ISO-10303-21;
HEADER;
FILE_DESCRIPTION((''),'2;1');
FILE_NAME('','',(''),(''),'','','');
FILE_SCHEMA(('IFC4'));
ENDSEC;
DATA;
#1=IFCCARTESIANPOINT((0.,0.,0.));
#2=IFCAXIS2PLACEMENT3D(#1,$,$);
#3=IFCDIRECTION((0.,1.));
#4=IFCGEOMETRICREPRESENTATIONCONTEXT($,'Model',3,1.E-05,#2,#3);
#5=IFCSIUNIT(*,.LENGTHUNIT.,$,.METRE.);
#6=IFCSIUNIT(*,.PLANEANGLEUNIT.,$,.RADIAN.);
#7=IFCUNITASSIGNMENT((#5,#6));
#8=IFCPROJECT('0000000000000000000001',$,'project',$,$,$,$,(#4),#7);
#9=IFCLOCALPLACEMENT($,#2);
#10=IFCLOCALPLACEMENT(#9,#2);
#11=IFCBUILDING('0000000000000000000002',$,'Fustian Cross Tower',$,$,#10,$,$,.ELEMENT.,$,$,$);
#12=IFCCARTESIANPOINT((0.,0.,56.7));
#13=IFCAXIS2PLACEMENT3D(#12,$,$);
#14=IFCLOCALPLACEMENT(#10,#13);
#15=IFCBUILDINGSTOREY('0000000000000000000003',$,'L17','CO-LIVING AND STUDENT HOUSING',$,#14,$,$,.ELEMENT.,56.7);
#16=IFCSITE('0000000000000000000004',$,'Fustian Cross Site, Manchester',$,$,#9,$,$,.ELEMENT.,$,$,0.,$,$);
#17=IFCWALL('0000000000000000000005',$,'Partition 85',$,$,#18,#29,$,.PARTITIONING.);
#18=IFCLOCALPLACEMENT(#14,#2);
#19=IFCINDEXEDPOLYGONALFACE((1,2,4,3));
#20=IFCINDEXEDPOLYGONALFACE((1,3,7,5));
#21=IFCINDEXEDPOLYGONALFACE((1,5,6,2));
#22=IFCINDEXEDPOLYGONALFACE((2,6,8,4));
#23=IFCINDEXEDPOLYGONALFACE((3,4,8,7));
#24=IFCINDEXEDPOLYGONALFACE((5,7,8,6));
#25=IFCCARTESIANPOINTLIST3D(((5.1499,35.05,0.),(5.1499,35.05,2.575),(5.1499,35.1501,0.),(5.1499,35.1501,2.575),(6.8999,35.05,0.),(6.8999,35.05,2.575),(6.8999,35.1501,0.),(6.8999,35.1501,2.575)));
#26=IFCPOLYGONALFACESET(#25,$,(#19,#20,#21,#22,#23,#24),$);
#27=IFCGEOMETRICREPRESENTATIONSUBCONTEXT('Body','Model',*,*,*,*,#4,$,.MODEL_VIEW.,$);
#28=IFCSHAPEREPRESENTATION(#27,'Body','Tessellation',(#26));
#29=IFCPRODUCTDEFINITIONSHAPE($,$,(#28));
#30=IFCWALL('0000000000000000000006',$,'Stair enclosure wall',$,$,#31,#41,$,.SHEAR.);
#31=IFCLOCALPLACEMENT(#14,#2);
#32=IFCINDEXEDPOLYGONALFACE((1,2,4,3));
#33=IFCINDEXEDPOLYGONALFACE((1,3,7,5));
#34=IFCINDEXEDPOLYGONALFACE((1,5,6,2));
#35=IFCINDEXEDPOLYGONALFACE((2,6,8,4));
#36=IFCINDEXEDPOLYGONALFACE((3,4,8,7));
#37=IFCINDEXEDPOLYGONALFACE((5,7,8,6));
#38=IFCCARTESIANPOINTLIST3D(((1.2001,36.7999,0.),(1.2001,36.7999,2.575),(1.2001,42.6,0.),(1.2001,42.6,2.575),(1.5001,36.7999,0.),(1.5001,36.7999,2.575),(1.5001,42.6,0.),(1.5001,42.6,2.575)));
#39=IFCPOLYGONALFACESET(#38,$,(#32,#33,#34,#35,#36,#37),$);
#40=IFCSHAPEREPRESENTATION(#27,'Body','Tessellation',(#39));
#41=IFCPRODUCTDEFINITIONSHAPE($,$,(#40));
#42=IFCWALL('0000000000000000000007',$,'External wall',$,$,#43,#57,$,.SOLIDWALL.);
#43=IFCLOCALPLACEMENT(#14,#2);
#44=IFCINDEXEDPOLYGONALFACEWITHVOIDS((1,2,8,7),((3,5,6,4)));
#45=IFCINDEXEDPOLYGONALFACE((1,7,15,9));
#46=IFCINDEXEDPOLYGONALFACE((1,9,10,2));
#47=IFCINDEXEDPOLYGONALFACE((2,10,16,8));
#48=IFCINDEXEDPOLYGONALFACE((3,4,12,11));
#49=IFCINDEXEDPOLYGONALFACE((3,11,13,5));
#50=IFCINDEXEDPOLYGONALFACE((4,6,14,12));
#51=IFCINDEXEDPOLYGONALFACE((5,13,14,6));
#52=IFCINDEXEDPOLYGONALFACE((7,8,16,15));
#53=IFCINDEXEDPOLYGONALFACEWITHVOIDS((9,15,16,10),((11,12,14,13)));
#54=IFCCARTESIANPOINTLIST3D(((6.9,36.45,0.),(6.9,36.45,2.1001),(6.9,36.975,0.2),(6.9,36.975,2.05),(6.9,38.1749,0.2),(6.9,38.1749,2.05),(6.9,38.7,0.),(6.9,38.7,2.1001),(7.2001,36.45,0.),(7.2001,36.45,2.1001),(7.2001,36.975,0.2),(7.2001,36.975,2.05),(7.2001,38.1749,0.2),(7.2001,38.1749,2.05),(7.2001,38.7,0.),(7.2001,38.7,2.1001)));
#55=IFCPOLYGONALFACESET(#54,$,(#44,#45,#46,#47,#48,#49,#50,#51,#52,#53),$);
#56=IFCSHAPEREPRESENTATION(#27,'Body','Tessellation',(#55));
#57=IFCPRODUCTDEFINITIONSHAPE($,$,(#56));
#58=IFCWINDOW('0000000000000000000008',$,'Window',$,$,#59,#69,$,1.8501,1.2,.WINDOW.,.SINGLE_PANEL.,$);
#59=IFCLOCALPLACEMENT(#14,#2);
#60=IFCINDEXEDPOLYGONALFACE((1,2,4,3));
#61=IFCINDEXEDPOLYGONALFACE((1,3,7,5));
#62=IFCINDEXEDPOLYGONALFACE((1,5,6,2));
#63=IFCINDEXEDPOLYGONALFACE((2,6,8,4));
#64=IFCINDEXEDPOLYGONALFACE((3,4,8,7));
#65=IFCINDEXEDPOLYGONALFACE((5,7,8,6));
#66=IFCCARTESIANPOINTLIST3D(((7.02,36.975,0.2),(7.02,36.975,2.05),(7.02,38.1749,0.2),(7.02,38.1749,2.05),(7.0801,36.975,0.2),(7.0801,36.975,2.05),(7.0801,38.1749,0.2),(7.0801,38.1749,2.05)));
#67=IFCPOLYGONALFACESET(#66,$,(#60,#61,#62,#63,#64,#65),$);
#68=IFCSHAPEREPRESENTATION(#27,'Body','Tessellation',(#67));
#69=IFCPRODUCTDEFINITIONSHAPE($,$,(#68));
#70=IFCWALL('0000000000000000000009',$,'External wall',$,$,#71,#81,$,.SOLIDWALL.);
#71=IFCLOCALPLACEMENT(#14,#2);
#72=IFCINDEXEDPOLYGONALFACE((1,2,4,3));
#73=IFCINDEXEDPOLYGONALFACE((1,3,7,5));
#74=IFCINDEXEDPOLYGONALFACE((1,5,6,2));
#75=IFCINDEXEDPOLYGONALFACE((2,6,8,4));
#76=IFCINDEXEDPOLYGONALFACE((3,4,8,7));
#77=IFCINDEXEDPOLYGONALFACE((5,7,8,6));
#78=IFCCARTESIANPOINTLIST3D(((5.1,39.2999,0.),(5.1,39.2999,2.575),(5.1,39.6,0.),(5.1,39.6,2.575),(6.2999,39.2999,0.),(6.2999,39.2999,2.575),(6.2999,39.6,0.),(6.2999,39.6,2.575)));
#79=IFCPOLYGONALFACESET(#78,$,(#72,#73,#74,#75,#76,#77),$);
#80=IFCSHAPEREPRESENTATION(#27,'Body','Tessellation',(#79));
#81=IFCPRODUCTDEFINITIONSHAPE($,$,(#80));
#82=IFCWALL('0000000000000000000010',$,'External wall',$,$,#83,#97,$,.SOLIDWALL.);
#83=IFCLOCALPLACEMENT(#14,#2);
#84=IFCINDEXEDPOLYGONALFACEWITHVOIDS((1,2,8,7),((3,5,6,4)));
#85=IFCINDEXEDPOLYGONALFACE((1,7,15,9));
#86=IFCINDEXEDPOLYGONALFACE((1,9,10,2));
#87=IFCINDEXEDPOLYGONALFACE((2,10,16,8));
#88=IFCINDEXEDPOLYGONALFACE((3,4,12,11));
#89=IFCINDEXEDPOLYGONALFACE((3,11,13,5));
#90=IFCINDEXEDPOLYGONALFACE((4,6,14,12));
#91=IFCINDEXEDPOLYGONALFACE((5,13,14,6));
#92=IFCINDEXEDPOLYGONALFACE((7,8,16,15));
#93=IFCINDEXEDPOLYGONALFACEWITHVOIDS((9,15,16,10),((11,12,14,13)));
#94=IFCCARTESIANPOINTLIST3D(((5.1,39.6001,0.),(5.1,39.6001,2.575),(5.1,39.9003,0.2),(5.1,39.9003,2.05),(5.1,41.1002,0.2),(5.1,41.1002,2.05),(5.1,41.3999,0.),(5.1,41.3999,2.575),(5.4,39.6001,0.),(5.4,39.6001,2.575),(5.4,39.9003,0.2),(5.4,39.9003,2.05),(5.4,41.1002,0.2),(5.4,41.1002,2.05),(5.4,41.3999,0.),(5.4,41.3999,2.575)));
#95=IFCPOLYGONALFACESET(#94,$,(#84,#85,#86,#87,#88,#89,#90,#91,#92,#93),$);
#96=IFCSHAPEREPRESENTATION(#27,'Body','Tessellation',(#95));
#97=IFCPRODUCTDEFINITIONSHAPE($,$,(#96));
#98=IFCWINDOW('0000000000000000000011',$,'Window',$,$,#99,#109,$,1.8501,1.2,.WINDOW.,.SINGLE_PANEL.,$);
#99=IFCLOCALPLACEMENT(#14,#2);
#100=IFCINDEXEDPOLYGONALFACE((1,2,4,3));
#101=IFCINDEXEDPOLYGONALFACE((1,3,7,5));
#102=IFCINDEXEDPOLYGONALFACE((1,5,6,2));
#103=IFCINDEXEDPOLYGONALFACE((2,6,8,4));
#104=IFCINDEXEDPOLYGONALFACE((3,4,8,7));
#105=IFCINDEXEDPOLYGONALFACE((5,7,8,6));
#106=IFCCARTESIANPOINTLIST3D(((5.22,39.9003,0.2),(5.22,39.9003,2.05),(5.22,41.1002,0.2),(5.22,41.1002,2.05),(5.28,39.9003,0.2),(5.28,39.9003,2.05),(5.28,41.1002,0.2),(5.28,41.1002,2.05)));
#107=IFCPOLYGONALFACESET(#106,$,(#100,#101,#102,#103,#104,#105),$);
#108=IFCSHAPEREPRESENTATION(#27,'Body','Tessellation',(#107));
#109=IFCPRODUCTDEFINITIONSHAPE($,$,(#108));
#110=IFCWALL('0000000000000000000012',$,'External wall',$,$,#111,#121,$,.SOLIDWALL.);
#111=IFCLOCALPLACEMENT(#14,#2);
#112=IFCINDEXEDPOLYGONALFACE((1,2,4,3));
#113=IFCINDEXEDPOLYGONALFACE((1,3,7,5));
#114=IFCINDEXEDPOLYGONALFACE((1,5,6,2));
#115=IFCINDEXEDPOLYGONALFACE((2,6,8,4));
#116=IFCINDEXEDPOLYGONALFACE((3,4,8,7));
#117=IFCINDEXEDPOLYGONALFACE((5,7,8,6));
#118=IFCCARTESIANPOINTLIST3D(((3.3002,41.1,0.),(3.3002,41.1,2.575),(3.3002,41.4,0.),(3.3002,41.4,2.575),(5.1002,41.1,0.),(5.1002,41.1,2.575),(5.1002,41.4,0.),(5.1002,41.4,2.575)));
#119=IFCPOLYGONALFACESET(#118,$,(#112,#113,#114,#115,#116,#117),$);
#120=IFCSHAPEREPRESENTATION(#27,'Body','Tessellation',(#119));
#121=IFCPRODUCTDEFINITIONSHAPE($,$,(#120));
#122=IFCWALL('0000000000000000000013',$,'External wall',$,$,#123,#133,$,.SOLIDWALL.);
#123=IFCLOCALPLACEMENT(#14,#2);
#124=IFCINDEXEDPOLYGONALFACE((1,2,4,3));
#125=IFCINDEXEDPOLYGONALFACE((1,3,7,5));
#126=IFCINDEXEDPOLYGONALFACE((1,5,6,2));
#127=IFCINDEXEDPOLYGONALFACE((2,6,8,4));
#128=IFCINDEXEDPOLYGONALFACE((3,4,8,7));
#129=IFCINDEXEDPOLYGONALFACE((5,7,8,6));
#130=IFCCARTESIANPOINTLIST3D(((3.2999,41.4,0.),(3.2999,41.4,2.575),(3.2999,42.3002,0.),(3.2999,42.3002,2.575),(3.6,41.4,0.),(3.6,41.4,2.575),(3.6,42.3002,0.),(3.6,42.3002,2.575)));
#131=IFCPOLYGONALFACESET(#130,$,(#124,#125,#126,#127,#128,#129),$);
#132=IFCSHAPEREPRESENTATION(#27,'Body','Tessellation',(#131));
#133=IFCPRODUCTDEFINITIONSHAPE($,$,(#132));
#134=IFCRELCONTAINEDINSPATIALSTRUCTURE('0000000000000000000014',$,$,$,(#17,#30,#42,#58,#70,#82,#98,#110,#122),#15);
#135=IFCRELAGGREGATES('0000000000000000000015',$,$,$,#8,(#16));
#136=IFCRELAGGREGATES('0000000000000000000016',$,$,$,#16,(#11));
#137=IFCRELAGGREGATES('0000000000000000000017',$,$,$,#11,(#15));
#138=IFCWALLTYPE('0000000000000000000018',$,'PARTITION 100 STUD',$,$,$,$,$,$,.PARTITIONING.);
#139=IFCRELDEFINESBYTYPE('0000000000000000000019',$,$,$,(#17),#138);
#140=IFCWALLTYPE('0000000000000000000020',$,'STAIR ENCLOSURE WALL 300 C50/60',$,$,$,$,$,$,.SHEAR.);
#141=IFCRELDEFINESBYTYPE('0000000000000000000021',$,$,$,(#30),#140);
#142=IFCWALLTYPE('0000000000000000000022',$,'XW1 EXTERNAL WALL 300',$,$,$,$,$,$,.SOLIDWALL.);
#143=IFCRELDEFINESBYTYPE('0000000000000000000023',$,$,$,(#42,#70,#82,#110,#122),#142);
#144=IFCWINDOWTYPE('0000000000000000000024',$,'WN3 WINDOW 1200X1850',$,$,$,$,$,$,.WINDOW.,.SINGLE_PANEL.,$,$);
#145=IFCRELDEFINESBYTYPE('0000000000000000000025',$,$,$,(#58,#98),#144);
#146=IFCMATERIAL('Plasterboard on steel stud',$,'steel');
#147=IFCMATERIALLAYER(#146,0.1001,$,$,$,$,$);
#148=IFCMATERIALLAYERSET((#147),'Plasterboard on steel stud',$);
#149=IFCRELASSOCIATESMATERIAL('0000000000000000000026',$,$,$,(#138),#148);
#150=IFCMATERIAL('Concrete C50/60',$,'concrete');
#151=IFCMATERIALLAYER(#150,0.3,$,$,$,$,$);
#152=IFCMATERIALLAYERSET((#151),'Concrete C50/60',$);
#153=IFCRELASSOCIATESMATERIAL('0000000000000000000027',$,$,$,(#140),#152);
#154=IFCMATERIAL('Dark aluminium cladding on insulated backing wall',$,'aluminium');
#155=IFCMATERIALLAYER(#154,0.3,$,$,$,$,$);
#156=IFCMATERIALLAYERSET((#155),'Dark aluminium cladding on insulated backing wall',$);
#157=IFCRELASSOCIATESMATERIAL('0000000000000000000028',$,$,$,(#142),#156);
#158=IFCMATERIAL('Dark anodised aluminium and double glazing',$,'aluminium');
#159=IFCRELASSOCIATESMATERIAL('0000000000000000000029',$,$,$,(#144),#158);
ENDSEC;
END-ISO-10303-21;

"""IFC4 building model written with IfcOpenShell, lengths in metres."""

from ifc_helpers import new_model, si_unit, direction, frame, frame_2d, origin, place, context, subcontext, project, spatial, rectangle, extrude, material, layer, layer_set, type_object, element, fill, save


model = new_model("IFC4")

# Units and contexts
model_context = context("Model", 3, precision=1e-05, world=origin(), true_north=direction((0.0, 1.0)))
body_context = subcontext(model_context, "Body", "Model", "MODEL_VIEW")
ifc_project = project(units=[si_unit("LENGTHUNIT", "METRE"), si_unit("PLANEANGLEUNIT", "RADIAN")], contexts=[model_context])

# Site, building, storey
site_placement = place(None, origin())
site = spatial("IfcSite", under=ifc_project, at=site_placement, Name="Fustian Cross Site, Manchester", CompositionType="ELEMENT", RefElevation=0.0)
building_placement = place(site_placement, origin())
building = spatial("IfcBuilding", under=site, at=building_placement, Name="Fustian Cross Tower", CompositionType="ELEMENT")
storey_placement = place(building_placement, frame((0.0, 0.0, 56.7)))
storey = spatial("IfcBuildingStorey", under=building, at=storey_placement, Name="L17", Description="CO-LIVING AND STUDENT HOUSING", CompositionType="ELEMENT", Elevation=56.7)

# Shared definitions
ifc_material_1 = material(Name="Plasterboard on steel stud", Category="steel")
ifc_layer_1 = layer(ifc_material_1, 0.1001)
ifc_layer_set_1 = layer_set([ifc_layer_1], Name="Plasterboard on steel stud")
wall_type_1 = type_object("IfcWallType", Name="PARTITION 100 STUD", PredefinedType="PARTITIONING", material=ifc_layer_set_1)

# Walls
for number, where, z_axis, x_axis, name in (
    (1, (5.1499, 35.1001, 0.0), (0.0, 0.0, 1.0), (1.0, 0.0, 0.0), "Partition 85"),
):
    element("IfcWall", number, at=place(storey_placement, frame(where, z_axis=z_axis, x_axis=x_axis)), inside=storey, type_object=wall_type_1, Name=name, PredefinedType="PARTITIONING", context=body_context, shape_type="SweptSolid", body=[
        extrude(rectangle(XDim=1.75, YDim=0.1001, at=frame_2d((0.875, 0.0))), origin(), (0.0, 0.0, 1.0), 2.575),
    ])
ifc_material_2 = material(Name="Concrete C50/60", Category="concrete")
ifc_layer_2 = layer(ifc_material_2, 0.3)
ifc_layer_set_2 = layer_set([ifc_layer_2], Name="Concrete C50/60")
wall_type_2 = type_object("IfcWallType", Name="STAIR ENCLOSURE WALL 300 C50/60", PredefinedType="SHEAR", material=ifc_layer_set_2)
wall_1_placement = place(storey_placement, frame((1.3501, 36.8, 0.0), z_axis=(0.0, 0.0, 1.0), x_axis=(0.0, 1.0, 0.0)))
element("IfcWall", 2, at=wall_1_placement, inside=storey, type_object=wall_type_2, Name="Stair enclosure wall", PredefinedType="SHEAR", context=body_context, shape_type="SweptSolid", body=[
    extrude(rectangle(XDim=5.8, YDim=0.3, at=frame_2d((2.8999, 0.0))), origin(), (0.0, 0.0, 1.0), 2.575),
])

# Wall, opening, window
ifc_material_3 = material(Name="Dark aluminium cladding on insulated backing wall", Category="aluminium")
ifc_layer_3 = layer(ifc_material_3, 0.3)
ifc_layer_set_3 = layer_set([ifc_layer_3], Name="Dark aluminium cladding on insulated backing wall")
wall_type_3 = type_object("IfcWallType", Name="XW1 EXTERNAL WALL 300", PredefinedType="SOLIDWALL", material=ifc_layer_set_3)
wall_2_placement = place(storey_placement, frame((7.05, 36.45, 0.0), z_axis=(0.0, 0.0, 1.0), x_axis=(0.0, 1.0, 0.0)))
wall_2 = element("IfcWall", 3, at=wall_2_placement, inside=storey, type_object=wall_type_3, Name="External wall", PredefinedType="SOLIDWALL", context=body_context, shape_type="SweptSolid", body=[
    extrude(rectangle(XDim=2.25, YDim=0.3, at=frame_2d((1.125, 0.0))), origin(), (0.0, 0.0, 1.0), 2.1001),
])
opening_1_placement = place(wall_2_placement, frame((0.5249, 0.0, 0.2)))
opening_1 = element("IfcOpeningElement", 4, at=opening_1_placement, cuts=wall_2, PredefinedType="OPENING", context=body_context, shape_type="SweptSolid", body=[
    extrude(rectangle(XDim=1.2, YDim=1.8501, at=frame_2d((0.6001, 0.925))), frame((0.0, 0.1599, 0.0), z_axis=(0.0, -1.0, 0.0), x_axis=(1.0, 0.0, 0.0)), (0.0, 0.0, 1.0), 0.3201),
])
ifc_material_4 = material(Name="Dark anodised aluminium and double glazing", Category="aluminium")
window_type_1 = type_object("IfcWindowType", Name="WN3 WINDOW 1200X1850", PartitioningType="SINGLE_PANEL", PredefinedType="WINDOW", material=ifc_material_4)
window_1_placement = place(opening_1_placement, origin())
window_1 = element("IfcWindow", 5, at=window_1_placement, inside=storey, type_object=window_type_1, Name="Window", OverallHeight=1.8501, OverallWidth=1.2, PartitioningType="SINGLE_PANEL", PredefinedType="WINDOW", context=body_context, shape_type="SweptSolid", body=[
    extrude(rectangle(XDim=1.2, YDim=1.8501, at=frame_2d((0.6001, 0.925))), frame((0.0, 0.03, 0.0), z_axis=(0.0, -1.0, 0.0), x_axis=(1.0, 0.0, 0.0)), (0.0, 0.0, 1.0), 0.0601),
])
fill(opening_1, window_1)

# Wall
wall_3_placement = place(storey_placement, frame((6.3, 39.45, 0.0), z_axis=(0.0, 0.0, 1.0), x_axis=(-1.0, 0.0, 0.0)))
element("IfcWall", 6, at=wall_3_placement, inside=storey, type_object=wall_type_3, Name="External wall", PredefinedType="SOLIDWALL", context=body_context, shape_type="SweptSolid", body=[
    extrude(rectangle(XDim=1.2, YDim=0.3, at=frame_2d((0.6001, 0.0))), origin(), (0.0, 0.0, 1.0), 2.575),
])

# Wall, opening, window
wall_4_placement = place(storey_placement, frame((5.25, 39.6001, 0.0), z_axis=(0.0, 0.0, 1.0), x_axis=(0.0, 1.0, 0.0)))
wall_4 = element("IfcWall", 7, at=wall_4_placement, inside=storey, type_object=wall_type_3, Name="External wall", PredefinedType="SOLIDWALL", context=body_context, shape_type="SweptSolid", body=[
    extrude(rectangle(XDim=1.7998, YDim=0.3, at=frame_2d((0.8999, 0.0))), origin(), (0.0, 0.0, 1.0), 2.575),
])
opening_2_placement = place(wall_4_placement, frame((0.3, 0.0, 0.2)))
opening_2 = element("IfcOpeningElement", 8, at=opening_2_placement, cuts=wall_4, PredefinedType="OPENING", context=body_context, shape_type="SweptSolid", body=[
    extrude(rectangle(XDim=1.2, YDim=1.8501, at=frame_2d((0.6001, 0.925))), frame((0.0, 0.1599, 0.0), z_axis=(0.0, -1.0, 0.0), x_axis=(1.0, 0.0, 0.0)), (0.0, 0.0, 1.0), 0.3201),
])
window_2_placement = place(opening_2_placement, origin())
window_2 = element("IfcWindow", 9, at=window_2_placement, inside=storey, type_object=window_type_1, Name="Window", OverallHeight=1.8501, OverallWidth=1.2, PartitioningType="SINGLE_PANEL", PredefinedType="WINDOW", context=body_context, shape_type="SweptSolid", body=[
    extrude(rectangle(XDim=1.2, YDim=1.8501, at=frame_2d((0.6001, 0.925))), frame((0.0, 0.03, 0.0), z_axis=(0.0, -1.0, 0.0), x_axis=(1.0, 0.0, 0.0)), (0.0, 0.0, 1.0), 0.0601),
])
fill(opening_2, window_2)

# Walls
wall_5_placement = place(storey_placement, frame((5.1001, 41.25, 0.0), z_axis=(0.0, 0.0, 1.0), x_axis=(-1.0, 0.0, 0.0)))
element("IfcWall", 10, at=wall_5_placement, inside=storey, type_object=wall_type_3, Name="External wall", PredefinedType="SOLIDWALL", context=body_context, shape_type="SweptSolid", body=[
    extrude(rectangle(XDim=1.8, YDim=0.3, at=frame_2d((0.8999, 0.0))), origin(), (0.0, 0.0, 1.0), 2.575),
])
wall_6_placement = place(storey_placement, frame((3.45, 41.3999, 0.0), z_axis=(0.0, 0.0, 1.0), x_axis=(0.0, 1.0, 0.0)))
element("IfcWall", 11, at=wall_6_placement, inside=storey, type_object=wall_type_3, Name="External wall", PredefinedType="SOLIDWALL", context=body_context, shape_type="SweptSolid", body=[
    extrude(rectangle(XDim=0.9001, YDim=0.3, at=frame_2d((0.4502, 0.0))), origin(), (0.0, 0.0, 1.0), 2.575),
])

save(model, "model.ifc")
